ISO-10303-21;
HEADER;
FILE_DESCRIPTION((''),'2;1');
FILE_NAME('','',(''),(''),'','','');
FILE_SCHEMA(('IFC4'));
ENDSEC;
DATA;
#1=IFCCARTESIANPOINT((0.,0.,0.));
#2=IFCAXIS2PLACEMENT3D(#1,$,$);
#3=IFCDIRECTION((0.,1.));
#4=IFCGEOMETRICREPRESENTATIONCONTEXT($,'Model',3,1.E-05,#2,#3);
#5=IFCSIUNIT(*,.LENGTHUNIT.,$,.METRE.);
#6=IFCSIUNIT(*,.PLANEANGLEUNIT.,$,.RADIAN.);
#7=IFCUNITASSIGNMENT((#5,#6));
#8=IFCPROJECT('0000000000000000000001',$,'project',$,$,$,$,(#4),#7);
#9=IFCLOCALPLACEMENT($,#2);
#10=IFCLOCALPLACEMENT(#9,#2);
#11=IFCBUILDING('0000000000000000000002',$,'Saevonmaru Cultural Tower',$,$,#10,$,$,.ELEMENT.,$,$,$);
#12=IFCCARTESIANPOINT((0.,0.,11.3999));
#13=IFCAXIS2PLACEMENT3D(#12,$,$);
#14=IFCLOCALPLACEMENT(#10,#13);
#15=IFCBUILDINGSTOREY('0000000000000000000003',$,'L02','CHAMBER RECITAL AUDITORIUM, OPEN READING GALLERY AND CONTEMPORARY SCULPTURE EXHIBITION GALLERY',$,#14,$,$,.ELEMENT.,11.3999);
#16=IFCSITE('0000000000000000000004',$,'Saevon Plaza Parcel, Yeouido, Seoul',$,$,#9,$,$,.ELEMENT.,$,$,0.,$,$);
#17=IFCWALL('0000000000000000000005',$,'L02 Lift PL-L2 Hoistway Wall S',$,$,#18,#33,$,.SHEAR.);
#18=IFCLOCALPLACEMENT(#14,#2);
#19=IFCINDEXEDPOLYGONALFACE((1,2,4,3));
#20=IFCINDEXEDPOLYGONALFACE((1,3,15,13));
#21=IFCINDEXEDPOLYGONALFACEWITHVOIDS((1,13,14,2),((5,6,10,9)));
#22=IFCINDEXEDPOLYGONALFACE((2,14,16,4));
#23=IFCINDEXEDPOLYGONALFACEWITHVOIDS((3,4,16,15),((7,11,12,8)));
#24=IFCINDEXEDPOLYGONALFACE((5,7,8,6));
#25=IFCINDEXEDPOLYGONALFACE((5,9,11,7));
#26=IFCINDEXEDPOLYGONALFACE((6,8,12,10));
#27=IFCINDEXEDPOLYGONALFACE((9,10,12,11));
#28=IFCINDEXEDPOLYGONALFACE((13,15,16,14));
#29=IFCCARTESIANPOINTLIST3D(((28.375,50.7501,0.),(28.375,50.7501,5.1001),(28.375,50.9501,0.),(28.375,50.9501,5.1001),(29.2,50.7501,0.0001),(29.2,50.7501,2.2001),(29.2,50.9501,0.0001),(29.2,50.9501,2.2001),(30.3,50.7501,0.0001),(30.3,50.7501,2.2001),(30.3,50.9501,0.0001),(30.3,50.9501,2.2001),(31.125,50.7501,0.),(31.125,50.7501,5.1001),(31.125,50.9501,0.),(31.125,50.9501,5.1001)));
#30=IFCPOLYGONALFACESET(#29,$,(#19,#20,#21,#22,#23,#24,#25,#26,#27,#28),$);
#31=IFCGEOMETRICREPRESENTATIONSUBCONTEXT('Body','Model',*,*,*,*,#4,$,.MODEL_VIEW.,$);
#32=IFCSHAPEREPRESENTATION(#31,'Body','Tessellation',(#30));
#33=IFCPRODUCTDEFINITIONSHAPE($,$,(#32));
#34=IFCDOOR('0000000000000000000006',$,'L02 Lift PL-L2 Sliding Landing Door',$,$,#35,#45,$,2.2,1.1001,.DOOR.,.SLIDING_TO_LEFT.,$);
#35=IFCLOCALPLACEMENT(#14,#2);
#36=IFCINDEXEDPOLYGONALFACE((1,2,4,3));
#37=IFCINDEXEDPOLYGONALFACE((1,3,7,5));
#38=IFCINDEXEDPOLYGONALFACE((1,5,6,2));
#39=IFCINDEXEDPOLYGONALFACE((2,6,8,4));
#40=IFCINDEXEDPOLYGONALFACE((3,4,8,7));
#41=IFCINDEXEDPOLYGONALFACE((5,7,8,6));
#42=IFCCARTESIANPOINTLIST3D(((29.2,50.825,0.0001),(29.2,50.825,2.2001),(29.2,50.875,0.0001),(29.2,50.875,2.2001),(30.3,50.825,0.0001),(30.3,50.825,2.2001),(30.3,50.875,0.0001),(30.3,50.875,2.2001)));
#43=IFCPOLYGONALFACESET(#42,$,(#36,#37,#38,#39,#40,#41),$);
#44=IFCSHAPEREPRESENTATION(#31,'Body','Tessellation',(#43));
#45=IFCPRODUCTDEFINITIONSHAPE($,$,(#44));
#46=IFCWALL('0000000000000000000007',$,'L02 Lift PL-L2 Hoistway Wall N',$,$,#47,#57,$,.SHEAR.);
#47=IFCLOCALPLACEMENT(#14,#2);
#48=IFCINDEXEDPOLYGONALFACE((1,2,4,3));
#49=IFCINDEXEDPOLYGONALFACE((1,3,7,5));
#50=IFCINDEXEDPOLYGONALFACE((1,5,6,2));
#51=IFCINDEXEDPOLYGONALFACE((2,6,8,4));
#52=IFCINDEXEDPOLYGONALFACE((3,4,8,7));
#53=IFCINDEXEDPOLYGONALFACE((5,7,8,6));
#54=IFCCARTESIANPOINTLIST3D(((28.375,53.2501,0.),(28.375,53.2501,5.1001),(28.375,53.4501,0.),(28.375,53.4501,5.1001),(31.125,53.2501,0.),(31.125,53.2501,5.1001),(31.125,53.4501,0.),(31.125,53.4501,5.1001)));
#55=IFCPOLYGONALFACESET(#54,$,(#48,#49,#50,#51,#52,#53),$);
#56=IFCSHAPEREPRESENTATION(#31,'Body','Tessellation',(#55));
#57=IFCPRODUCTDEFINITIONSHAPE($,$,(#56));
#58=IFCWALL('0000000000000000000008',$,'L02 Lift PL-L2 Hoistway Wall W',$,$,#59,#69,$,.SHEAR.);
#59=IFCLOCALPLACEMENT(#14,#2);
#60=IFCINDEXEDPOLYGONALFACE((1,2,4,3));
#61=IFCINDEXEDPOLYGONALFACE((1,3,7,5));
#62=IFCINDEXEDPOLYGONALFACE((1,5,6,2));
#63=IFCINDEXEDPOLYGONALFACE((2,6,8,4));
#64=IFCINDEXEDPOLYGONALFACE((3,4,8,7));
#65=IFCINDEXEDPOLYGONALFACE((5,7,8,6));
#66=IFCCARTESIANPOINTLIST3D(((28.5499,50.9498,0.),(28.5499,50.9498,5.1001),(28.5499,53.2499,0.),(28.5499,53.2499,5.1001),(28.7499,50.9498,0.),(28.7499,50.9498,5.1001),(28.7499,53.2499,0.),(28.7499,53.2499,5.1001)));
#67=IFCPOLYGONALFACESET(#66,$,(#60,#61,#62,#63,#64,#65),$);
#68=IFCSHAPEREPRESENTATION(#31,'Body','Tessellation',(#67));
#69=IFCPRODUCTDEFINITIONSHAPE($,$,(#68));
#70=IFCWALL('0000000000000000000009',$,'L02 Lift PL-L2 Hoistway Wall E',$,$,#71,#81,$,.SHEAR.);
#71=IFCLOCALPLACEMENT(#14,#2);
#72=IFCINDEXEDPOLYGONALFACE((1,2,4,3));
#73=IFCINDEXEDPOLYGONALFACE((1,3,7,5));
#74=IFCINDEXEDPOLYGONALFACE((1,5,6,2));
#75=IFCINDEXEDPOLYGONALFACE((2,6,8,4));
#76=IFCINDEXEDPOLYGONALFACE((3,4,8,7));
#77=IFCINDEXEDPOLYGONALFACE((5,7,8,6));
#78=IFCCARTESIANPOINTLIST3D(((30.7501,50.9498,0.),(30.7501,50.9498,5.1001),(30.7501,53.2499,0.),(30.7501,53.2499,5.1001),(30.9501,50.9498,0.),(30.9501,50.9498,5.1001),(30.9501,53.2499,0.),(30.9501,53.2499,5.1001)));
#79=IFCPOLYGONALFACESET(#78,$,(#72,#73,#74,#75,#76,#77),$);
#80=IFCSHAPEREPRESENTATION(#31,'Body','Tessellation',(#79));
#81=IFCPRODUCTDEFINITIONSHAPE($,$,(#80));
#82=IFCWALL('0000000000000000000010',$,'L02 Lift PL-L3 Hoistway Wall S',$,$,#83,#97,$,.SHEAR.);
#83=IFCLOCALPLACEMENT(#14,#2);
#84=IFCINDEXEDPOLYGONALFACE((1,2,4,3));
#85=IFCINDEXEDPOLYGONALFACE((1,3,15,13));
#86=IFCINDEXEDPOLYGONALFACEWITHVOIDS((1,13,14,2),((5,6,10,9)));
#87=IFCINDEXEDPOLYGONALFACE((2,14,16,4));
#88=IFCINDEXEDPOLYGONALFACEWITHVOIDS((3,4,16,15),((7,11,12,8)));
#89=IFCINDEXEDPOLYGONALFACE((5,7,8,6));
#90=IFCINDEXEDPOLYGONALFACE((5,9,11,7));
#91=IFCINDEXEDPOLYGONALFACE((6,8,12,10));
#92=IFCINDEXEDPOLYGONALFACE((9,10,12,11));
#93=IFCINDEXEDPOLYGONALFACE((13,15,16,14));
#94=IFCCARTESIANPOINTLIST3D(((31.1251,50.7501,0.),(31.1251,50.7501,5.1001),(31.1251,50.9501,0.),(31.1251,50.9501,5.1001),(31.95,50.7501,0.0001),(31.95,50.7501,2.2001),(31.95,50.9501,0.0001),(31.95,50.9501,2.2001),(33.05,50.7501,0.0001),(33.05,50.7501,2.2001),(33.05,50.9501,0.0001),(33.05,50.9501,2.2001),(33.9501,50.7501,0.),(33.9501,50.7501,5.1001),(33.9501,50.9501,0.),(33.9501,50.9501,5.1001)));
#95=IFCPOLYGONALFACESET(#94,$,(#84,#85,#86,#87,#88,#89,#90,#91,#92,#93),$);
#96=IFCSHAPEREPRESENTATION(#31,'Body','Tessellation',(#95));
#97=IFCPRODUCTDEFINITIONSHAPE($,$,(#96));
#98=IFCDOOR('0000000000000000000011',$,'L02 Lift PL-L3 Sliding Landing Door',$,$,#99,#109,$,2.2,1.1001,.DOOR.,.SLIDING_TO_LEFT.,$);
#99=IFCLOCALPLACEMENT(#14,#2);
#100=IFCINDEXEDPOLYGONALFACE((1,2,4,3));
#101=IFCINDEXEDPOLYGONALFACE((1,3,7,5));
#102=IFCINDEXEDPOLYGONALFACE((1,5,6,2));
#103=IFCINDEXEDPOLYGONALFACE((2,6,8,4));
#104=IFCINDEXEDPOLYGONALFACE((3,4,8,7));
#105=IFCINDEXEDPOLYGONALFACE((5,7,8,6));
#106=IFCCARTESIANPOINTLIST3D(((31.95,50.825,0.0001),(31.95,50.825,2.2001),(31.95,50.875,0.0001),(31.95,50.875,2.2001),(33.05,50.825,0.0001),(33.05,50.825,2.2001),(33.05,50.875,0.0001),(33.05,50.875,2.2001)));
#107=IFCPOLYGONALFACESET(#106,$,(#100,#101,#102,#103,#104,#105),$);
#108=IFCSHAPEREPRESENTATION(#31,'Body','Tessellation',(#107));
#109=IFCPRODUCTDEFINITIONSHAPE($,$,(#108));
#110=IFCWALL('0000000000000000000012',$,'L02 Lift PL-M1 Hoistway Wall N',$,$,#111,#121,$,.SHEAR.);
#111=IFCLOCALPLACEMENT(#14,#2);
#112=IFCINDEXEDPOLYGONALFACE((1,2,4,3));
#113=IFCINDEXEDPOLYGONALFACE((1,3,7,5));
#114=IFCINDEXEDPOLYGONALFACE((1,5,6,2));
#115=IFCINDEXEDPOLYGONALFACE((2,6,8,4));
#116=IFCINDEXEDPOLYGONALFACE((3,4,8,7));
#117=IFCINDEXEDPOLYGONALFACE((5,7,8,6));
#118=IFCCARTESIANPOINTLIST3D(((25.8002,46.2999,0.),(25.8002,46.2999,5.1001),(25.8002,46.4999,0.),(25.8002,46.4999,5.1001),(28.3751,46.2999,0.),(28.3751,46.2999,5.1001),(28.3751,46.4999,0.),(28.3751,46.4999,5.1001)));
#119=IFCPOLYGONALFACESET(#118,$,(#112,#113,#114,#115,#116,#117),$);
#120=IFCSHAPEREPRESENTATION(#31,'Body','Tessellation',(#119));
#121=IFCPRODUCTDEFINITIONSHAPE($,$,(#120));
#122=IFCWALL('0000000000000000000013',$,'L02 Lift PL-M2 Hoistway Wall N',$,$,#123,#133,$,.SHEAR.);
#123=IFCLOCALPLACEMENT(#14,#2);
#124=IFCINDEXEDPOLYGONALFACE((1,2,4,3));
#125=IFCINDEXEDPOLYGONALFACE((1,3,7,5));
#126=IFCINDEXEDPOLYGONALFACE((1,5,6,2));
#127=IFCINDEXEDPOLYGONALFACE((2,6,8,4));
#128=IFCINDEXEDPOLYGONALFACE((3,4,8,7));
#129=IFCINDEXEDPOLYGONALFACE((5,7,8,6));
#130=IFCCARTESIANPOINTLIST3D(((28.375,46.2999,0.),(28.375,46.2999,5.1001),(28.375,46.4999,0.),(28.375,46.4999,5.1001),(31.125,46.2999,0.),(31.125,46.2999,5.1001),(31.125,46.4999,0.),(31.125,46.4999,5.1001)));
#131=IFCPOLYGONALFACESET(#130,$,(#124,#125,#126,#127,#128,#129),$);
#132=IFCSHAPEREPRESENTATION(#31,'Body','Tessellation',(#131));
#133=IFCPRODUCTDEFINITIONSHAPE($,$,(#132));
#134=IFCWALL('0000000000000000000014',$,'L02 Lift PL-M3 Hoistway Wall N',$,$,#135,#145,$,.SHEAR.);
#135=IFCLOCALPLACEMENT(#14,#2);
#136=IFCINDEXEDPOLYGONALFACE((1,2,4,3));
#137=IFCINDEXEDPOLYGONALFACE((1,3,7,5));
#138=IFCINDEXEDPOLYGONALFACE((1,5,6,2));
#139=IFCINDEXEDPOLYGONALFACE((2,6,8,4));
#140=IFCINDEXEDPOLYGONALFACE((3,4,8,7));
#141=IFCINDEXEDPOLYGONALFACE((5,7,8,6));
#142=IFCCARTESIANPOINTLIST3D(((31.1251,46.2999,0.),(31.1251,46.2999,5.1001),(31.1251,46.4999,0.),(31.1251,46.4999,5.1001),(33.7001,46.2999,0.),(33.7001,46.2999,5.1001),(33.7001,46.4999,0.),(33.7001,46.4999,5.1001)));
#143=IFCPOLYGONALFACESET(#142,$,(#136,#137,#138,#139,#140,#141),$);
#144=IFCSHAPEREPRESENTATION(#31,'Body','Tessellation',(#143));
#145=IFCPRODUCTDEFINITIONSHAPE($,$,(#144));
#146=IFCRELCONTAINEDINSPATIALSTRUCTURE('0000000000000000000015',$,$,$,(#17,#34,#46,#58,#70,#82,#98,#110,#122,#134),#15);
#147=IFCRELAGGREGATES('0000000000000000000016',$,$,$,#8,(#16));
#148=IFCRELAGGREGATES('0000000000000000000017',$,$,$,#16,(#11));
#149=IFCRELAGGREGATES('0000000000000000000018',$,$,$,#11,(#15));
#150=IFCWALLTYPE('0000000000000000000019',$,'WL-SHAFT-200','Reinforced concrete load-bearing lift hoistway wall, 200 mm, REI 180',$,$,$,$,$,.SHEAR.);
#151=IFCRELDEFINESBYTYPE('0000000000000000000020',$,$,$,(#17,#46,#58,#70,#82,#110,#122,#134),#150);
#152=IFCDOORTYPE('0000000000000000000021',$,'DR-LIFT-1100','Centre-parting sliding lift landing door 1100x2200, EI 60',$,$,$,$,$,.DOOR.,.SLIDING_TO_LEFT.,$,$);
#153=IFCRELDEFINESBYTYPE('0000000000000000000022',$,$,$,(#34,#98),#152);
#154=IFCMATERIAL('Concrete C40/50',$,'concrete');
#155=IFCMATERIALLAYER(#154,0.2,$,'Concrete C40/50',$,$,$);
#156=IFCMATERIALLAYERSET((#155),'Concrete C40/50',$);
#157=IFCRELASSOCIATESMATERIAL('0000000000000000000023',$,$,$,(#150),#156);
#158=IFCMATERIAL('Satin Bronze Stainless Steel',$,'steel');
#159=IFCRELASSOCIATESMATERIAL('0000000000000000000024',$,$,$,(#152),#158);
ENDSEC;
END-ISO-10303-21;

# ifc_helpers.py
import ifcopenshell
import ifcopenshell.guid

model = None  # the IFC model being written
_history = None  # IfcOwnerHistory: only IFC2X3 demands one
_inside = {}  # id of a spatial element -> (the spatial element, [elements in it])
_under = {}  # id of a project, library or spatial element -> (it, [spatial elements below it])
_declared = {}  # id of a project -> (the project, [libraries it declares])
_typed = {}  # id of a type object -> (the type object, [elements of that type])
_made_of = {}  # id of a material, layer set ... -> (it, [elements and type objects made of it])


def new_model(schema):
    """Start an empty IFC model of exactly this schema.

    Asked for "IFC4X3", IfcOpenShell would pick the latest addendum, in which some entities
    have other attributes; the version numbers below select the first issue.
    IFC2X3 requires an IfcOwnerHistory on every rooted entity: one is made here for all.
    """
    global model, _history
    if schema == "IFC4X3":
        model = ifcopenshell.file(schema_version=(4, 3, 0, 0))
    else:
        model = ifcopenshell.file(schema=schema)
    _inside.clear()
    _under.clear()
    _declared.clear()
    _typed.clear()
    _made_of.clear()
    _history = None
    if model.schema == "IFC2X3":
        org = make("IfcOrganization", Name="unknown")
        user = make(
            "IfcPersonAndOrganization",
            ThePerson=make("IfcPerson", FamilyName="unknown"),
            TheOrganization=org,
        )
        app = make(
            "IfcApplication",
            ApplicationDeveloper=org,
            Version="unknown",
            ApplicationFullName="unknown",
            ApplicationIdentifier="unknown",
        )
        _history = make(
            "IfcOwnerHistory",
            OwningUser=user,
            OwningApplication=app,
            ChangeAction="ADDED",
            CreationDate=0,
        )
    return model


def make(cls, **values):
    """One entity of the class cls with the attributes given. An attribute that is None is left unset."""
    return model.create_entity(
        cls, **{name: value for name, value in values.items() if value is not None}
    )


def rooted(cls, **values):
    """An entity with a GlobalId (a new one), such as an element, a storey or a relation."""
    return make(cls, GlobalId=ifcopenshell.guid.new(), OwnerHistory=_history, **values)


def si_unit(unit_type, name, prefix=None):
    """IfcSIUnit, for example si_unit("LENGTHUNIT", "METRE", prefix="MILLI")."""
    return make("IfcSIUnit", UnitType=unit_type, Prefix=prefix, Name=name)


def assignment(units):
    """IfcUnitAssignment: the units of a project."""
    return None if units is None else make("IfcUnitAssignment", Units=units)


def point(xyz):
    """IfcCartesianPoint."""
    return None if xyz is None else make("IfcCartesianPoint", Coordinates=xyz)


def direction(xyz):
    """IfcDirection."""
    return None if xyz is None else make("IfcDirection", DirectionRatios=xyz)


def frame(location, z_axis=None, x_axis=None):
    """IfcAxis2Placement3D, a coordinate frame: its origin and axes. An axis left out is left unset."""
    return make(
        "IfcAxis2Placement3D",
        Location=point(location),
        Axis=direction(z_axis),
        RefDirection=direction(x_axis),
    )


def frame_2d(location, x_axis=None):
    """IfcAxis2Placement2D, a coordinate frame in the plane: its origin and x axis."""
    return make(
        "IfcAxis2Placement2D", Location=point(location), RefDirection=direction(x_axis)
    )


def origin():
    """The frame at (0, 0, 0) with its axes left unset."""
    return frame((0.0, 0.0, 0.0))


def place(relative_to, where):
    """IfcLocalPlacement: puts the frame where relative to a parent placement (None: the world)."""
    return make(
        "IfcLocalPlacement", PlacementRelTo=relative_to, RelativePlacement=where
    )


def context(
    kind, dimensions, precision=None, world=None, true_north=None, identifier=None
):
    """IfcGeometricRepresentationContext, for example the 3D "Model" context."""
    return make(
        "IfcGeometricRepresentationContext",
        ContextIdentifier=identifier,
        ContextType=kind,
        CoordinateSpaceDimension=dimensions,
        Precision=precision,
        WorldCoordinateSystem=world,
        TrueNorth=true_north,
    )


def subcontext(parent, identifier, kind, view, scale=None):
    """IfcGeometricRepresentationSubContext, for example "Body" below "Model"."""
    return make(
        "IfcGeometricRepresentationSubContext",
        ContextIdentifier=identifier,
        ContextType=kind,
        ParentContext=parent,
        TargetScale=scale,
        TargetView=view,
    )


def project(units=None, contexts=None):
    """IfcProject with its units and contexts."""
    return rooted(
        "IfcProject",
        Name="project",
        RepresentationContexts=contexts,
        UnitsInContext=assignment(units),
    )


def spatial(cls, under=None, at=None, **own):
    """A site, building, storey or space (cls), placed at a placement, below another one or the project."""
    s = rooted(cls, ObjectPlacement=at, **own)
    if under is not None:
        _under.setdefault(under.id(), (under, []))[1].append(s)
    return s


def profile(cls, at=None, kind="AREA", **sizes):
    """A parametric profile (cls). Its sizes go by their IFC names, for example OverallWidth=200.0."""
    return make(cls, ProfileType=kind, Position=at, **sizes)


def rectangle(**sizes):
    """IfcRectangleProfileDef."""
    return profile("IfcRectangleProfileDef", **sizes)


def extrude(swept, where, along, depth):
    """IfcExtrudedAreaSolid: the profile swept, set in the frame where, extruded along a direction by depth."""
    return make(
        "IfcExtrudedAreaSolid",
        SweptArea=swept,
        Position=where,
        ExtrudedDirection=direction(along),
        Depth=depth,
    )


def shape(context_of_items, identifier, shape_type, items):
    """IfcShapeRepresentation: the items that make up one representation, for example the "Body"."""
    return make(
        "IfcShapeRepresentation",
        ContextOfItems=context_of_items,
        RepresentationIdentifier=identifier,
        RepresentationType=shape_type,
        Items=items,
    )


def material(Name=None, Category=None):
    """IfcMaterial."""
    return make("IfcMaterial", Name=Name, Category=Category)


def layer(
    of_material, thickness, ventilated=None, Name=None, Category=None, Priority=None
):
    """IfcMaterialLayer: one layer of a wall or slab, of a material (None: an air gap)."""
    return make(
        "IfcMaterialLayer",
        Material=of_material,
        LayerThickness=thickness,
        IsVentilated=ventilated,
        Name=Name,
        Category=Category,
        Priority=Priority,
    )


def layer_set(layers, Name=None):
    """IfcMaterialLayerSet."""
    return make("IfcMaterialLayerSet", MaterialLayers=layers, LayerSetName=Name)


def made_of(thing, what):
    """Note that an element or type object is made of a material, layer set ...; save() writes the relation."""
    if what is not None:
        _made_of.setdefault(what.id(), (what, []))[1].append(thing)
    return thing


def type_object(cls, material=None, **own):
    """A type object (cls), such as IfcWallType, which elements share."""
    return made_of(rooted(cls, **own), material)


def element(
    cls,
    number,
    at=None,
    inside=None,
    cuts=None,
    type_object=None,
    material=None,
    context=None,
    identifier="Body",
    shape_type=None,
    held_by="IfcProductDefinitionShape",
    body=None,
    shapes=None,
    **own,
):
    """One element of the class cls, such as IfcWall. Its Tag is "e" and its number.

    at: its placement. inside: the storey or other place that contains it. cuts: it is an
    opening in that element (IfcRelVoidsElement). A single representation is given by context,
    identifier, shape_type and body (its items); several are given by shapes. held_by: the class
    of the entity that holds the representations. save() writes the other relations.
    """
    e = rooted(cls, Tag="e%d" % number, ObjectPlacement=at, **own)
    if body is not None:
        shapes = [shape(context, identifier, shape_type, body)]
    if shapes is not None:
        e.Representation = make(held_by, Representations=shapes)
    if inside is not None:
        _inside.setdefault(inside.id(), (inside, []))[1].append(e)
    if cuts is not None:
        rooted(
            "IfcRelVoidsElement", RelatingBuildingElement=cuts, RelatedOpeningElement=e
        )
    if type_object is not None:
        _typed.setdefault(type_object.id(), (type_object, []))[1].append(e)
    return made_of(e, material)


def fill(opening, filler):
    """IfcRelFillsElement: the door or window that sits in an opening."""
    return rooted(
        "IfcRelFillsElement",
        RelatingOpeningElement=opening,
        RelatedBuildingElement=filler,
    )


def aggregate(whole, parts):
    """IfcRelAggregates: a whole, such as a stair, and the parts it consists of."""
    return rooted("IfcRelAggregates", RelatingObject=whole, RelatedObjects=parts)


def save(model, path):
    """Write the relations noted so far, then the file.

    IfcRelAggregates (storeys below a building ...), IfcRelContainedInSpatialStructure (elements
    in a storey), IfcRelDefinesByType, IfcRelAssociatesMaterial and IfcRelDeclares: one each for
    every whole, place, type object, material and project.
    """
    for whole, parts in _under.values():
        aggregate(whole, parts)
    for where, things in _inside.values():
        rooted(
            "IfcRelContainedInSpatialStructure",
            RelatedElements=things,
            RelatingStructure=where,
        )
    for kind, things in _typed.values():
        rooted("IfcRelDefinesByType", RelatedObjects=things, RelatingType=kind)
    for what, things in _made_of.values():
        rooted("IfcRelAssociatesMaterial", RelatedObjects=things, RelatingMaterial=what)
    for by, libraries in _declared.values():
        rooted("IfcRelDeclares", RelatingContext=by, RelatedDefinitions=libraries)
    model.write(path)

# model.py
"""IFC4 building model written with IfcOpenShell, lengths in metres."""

from ifc_helpers import new_model, si_unit, direction, frame, frame_2d, origin, place, context, subcontext, project, spatial, rectangle, extrude, material, layer, layer_set, type_object, element, fill, save


model = new_model("IFC4")

# Units and contexts
model_context = context("Model", 3, precision=1e-05, world=origin(), true_north=direction((0.0, 1.0)))
body_context = subcontext(model_context, "Body", "Model", "MODEL_VIEW")
ifc_project = project(units=[si_unit("LENGTHUNIT", "METRE"), si_unit("PLANEANGLEUNIT", "RADIAN")], contexts=[model_context])

# Site, building, storey
site_placement = place(None, origin())
site = spatial("IfcSite", under=ifc_project, at=site_placement, Name="Saevon Plaza Parcel, Yeouido, Seoul", CompositionType="ELEMENT", RefElevation=0.0)
building_placement = place(site_placement, origin())
building = spatial("IfcBuilding", under=site, at=building_placement, Name="Saevonmaru Cultural Tower", CompositionType="ELEMENT")
storey_placement = place(building_placement, frame((0.0, 0.0, 11.3999)))
storey = spatial("IfcBuildingStorey", under=building, at=storey_placement, Name="L02", Description="CHAMBER RECITAL AUDITORIUM, OPEN READING GALLERY AND CONTEMPORARY SCULPTURE EXHIBITION GALLERY", CompositionType="ELEMENT", Elevation=11.3999)

# Shared definitions
ifc_material_1 = material(Name="Concrete C40/50", Category="concrete")
ifc_layer = layer(ifc_material_1, 0.2, Name="Concrete C40/50")
ifc_layer_set = layer_set([ifc_layer], Name="Concrete C40/50")
wall_type = type_object("IfcWallType", Name="WL-SHAFT-200", Description="Reinforced concrete load-bearing lift hoistway wall, 200 mm, REI 180", PredefinedType="SHEAR", material=ifc_layer_set)

# Shared definitions
ifc_material_2 = material(Name="Satin Bronze Stainless Steel", Category="steel")
door_type = type_object("IfcDoorType", Name="DR-LIFT-1100", Description="Centre-parting sliding lift landing door 1100x2200, EI 60", OperationType="SLIDING_TO_LEFT", PredefinedType="DOOR", material=ifc_material_2)

# Wall, opening, door
wall_1_placement = place(storey_placement, frame((28.375, 50.8501, 0.0), z_axis=(0.0, 0.0, 1.0), x_axis=(1.0, 0.0, 0.0)))
wall_1 = element("IfcWall", 1, at=wall_1_placement, inside=storey, type_object=wall_type, Name="L02 Lift PL-L2 Hoistway Wall S", PredefinedType="SHEAR", context=body_context, shape_type="SweptSolid", body=[
    extrude(rectangle(XDim=2.75, YDim=0.2, at=frame_2d((1.375, 0.0))), origin(), (0.0, 0.0, 1.0), 5.1001),
])
opening_1_placement = place(wall_1_placement, frame((0.825, 0.0, 0.0)))
opening_1 = element("IfcOpeningElement", 2, at=opening_1_placement, cuts=wall_1, PredefinedType="OPENING", context=body_context, shape_type="SweptSolid", body=[
    extrude(rectangle(XDim=1.1001, YDim=2.2, at=frame_2d((0.55, 1.1001))), frame((0.0, 0.1099, 0.0), z_axis=(0.0, -1.0, 0.0), x_axis=(1.0, 0.0, 0.0)), (0.0, 0.0, 1.0), 0.22),
])
door_1_placement = place(opening_1_placement, origin())
door_1 = element("IfcDoor", 3, at=door_1_placement, inside=storey, type_object=door_type, Name="L02 Lift PL-L2 Sliding Landing Door", OperationType="SLIDING_TO_LEFT", OverallHeight=2.2, OverallWidth=1.1001, PredefinedType="DOOR", context=body_context, shape_type="SweptSolid", body=[
    extrude(rectangle(XDim=1.1001, YDim=2.2, at=frame_2d((0.55, 1.1001))), frame((0.0, 0.0249, 0.0), z_axis=(0.0, -1.0, 0.0), x_axis=(1.0, 0.0, 0.0)), (0.0, 0.0, 1.0), 0.05),
])
fill(opening_1, door_1)

# Walls
wall_2_placement = place(storey_placement, frame((28.375, 53.3501, 0.0), z_axis=(0.0, 0.0, 1.0), x_axis=(1.0, 0.0, 0.0)))
element("IfcWall", 4, at=wall_2_placement, inside=storey, type_object=wall_type, Name="L02 Lift PL-L2 Hoistway Wall N", PredefinedType="SHEAR", context=body_context, shape_type="SweptSolid", body=[
    extrude(rectangle(XDim=2.75, YDim=0.2, at=frame_2d((1.375, 0.0))), origin(), (0.0, 0.0, 1.0), 5.1001),
])
for number, where, z_axis, x_axis, name in (
    (5, (28.6499, 50.95, 0.0), (0.0, 0.0, 1.0), (0.0, 1.0, 0.0), "L02 Lift PL-L2 Hoistway Wall W"),
    (6, (30.8501, 50.95, 0.0), (0.0, 0.0, 1.0), (0.0, 1.0, 0.0), "L02 Lift PL-L2 Hoistway Wall E"),
):
    element("IfcWall", number, at=place(storey_placement, frame(where, z_axis=z_axis, x_axis=x_axis)), inside=storey, type_object=wall_type, Name=name, PredefinedType="SHEAR", context=body_context, shape_type="SweptSolid", body=[
        extrude(rectangle(XDim=2.3, YDim=0.2, at=frame_2d((1.1499, 0.0))), origin(), (0.0, 0.0, 1.0), 5.1001),
    ])

# Wall, opening, door
wall_3_placement = place(storey_placement, frame((31.125, 50.8501, 0.0), z_axis=(0.0, 0.0, 1.0), x_axis=(1.0, 0.0, 0.0)))
wall_3 = element("IfcWall", 7, at=wall_3_placement, inside=storey, type_object=wall_type, Name="L02 Lift PL-L3 Hoistway Wall S", PredefinedType="SHEAR", context=body_context, shape_type="SweptSolid", body=[
    extrude(rectangle(XDim=2.825, YDim=0.2, at=frame_2d((1.4126, 0.0))), origin(), (0.0, 0.0, 1.0), 5.1001),
])
opening_2_placement = place(wall_3_placement, frame((0.825, 0.0, 0.0)))
opening_2 = element("IfcOpeningElement", 8, at=opening_2_placement, cuts=wall_3, PredefinedType="OPENING", context=body_context, shape_type="SweptSolid", body=[
    extrude(rectangle(XDim=1.1001, YDim=2.2, at=frame_2d((0.55, 1.1001))), frame((0.0, 0.1099, 0.0), z_axis=(0.0, -1.0, 0.0), x_axis=(1.0, 0.0, 0.0)), (0.0, 0.0, 1.0), 0.22),
])
door_2_placement = place(opening_2_placement, origin())
door_2 = element("IfcDoor", 9, at=door_2_placement, inside=storey, type_object=door_type, Name="L02 Lift PL-L3 Sliding Landing Door", OperationType="SLIDING_TO_LEFT", OverallHeight=2.2, OverallWidth=1.1001, PredefinedType="DOOR", context=body_context, shape_type="SweptSolid", body=[
    extrude(rectangle(XDim=1.1001, YDim=2.2, at=frame_2d((0.55, 1.1001))), frame((0.0, 0.0249, 0.0), z_axis=(0.0, -1.0, 0.0), x_axis=(1.0, 0.0, 0.0)), (0.0, 0.0, 1.0), 0.05),
])
fill(opening_2, door_2)

# Walls
wall_4_placement = place(storey_placement, frame((25.8, 46.3999, 0.0), z_axis=(0.0, 0.0, 1.0), x_axis=(1.0, 0.0, 0.0)))
element("IfcWall", 10, at=wall_4_placement, inside=storey, type_object=wall_type, Name="L02 Lift PL-M1 Hoistway Wall N", PredefinedType="SHEAR", context=body_context, shape_type="SweptSolid", body=[
    extrude(rectangle(XDim=2.575, YDim=0.2, at=frame_2d((1.2876, 0.0))), origin(), (0.0, 0.0, 1.0), 5.1001),
])
wall_5_placement = place(storey_placement, frame((28.375, 46.3999, 0.0), z_axis=(0.0, 0.0, 1.0), x_axis=(1.0, 0.0, 0.0)))
element("IfcWall", 11, at=wall_5_placement, inside=storey, type_object=wall_type, Name="L02 Lift PL-M2 Hoistway Wall N", PredefinedType="SHEAR", context=body_context, shape_type="SweptSolid", body=[
    extrude(rectangle(XDim=2.75, YDim=0.2, at=frame_2d((1.375, 0.0))), origin(), (0.0, 0.0, 1.0), 5.1001),
])
wall_6_placement = place(storey_placement, frame((31.125, 46.3999, 0.0), z_axis=(0.0, 0.0, 1.0), x_axis=(1.0, 0.0, 0.0)))
element("IfcWall", 12, at=wall_6_placement, inside=storey, type_object=wall_type, Name="L02 Lift PL-M3 Hoistway Wall N", PredefinedType="SHEAR", context=body_context, shape_type="SweptSolid", body=[
    extrude(rectangle(XDim=2.575, YDim=0.2, at=frame_2d((1.2876, 0.0))), origin(), (0.0, 0.0, 1.0), 5.1001),
])

save(model, "model.ifc")
